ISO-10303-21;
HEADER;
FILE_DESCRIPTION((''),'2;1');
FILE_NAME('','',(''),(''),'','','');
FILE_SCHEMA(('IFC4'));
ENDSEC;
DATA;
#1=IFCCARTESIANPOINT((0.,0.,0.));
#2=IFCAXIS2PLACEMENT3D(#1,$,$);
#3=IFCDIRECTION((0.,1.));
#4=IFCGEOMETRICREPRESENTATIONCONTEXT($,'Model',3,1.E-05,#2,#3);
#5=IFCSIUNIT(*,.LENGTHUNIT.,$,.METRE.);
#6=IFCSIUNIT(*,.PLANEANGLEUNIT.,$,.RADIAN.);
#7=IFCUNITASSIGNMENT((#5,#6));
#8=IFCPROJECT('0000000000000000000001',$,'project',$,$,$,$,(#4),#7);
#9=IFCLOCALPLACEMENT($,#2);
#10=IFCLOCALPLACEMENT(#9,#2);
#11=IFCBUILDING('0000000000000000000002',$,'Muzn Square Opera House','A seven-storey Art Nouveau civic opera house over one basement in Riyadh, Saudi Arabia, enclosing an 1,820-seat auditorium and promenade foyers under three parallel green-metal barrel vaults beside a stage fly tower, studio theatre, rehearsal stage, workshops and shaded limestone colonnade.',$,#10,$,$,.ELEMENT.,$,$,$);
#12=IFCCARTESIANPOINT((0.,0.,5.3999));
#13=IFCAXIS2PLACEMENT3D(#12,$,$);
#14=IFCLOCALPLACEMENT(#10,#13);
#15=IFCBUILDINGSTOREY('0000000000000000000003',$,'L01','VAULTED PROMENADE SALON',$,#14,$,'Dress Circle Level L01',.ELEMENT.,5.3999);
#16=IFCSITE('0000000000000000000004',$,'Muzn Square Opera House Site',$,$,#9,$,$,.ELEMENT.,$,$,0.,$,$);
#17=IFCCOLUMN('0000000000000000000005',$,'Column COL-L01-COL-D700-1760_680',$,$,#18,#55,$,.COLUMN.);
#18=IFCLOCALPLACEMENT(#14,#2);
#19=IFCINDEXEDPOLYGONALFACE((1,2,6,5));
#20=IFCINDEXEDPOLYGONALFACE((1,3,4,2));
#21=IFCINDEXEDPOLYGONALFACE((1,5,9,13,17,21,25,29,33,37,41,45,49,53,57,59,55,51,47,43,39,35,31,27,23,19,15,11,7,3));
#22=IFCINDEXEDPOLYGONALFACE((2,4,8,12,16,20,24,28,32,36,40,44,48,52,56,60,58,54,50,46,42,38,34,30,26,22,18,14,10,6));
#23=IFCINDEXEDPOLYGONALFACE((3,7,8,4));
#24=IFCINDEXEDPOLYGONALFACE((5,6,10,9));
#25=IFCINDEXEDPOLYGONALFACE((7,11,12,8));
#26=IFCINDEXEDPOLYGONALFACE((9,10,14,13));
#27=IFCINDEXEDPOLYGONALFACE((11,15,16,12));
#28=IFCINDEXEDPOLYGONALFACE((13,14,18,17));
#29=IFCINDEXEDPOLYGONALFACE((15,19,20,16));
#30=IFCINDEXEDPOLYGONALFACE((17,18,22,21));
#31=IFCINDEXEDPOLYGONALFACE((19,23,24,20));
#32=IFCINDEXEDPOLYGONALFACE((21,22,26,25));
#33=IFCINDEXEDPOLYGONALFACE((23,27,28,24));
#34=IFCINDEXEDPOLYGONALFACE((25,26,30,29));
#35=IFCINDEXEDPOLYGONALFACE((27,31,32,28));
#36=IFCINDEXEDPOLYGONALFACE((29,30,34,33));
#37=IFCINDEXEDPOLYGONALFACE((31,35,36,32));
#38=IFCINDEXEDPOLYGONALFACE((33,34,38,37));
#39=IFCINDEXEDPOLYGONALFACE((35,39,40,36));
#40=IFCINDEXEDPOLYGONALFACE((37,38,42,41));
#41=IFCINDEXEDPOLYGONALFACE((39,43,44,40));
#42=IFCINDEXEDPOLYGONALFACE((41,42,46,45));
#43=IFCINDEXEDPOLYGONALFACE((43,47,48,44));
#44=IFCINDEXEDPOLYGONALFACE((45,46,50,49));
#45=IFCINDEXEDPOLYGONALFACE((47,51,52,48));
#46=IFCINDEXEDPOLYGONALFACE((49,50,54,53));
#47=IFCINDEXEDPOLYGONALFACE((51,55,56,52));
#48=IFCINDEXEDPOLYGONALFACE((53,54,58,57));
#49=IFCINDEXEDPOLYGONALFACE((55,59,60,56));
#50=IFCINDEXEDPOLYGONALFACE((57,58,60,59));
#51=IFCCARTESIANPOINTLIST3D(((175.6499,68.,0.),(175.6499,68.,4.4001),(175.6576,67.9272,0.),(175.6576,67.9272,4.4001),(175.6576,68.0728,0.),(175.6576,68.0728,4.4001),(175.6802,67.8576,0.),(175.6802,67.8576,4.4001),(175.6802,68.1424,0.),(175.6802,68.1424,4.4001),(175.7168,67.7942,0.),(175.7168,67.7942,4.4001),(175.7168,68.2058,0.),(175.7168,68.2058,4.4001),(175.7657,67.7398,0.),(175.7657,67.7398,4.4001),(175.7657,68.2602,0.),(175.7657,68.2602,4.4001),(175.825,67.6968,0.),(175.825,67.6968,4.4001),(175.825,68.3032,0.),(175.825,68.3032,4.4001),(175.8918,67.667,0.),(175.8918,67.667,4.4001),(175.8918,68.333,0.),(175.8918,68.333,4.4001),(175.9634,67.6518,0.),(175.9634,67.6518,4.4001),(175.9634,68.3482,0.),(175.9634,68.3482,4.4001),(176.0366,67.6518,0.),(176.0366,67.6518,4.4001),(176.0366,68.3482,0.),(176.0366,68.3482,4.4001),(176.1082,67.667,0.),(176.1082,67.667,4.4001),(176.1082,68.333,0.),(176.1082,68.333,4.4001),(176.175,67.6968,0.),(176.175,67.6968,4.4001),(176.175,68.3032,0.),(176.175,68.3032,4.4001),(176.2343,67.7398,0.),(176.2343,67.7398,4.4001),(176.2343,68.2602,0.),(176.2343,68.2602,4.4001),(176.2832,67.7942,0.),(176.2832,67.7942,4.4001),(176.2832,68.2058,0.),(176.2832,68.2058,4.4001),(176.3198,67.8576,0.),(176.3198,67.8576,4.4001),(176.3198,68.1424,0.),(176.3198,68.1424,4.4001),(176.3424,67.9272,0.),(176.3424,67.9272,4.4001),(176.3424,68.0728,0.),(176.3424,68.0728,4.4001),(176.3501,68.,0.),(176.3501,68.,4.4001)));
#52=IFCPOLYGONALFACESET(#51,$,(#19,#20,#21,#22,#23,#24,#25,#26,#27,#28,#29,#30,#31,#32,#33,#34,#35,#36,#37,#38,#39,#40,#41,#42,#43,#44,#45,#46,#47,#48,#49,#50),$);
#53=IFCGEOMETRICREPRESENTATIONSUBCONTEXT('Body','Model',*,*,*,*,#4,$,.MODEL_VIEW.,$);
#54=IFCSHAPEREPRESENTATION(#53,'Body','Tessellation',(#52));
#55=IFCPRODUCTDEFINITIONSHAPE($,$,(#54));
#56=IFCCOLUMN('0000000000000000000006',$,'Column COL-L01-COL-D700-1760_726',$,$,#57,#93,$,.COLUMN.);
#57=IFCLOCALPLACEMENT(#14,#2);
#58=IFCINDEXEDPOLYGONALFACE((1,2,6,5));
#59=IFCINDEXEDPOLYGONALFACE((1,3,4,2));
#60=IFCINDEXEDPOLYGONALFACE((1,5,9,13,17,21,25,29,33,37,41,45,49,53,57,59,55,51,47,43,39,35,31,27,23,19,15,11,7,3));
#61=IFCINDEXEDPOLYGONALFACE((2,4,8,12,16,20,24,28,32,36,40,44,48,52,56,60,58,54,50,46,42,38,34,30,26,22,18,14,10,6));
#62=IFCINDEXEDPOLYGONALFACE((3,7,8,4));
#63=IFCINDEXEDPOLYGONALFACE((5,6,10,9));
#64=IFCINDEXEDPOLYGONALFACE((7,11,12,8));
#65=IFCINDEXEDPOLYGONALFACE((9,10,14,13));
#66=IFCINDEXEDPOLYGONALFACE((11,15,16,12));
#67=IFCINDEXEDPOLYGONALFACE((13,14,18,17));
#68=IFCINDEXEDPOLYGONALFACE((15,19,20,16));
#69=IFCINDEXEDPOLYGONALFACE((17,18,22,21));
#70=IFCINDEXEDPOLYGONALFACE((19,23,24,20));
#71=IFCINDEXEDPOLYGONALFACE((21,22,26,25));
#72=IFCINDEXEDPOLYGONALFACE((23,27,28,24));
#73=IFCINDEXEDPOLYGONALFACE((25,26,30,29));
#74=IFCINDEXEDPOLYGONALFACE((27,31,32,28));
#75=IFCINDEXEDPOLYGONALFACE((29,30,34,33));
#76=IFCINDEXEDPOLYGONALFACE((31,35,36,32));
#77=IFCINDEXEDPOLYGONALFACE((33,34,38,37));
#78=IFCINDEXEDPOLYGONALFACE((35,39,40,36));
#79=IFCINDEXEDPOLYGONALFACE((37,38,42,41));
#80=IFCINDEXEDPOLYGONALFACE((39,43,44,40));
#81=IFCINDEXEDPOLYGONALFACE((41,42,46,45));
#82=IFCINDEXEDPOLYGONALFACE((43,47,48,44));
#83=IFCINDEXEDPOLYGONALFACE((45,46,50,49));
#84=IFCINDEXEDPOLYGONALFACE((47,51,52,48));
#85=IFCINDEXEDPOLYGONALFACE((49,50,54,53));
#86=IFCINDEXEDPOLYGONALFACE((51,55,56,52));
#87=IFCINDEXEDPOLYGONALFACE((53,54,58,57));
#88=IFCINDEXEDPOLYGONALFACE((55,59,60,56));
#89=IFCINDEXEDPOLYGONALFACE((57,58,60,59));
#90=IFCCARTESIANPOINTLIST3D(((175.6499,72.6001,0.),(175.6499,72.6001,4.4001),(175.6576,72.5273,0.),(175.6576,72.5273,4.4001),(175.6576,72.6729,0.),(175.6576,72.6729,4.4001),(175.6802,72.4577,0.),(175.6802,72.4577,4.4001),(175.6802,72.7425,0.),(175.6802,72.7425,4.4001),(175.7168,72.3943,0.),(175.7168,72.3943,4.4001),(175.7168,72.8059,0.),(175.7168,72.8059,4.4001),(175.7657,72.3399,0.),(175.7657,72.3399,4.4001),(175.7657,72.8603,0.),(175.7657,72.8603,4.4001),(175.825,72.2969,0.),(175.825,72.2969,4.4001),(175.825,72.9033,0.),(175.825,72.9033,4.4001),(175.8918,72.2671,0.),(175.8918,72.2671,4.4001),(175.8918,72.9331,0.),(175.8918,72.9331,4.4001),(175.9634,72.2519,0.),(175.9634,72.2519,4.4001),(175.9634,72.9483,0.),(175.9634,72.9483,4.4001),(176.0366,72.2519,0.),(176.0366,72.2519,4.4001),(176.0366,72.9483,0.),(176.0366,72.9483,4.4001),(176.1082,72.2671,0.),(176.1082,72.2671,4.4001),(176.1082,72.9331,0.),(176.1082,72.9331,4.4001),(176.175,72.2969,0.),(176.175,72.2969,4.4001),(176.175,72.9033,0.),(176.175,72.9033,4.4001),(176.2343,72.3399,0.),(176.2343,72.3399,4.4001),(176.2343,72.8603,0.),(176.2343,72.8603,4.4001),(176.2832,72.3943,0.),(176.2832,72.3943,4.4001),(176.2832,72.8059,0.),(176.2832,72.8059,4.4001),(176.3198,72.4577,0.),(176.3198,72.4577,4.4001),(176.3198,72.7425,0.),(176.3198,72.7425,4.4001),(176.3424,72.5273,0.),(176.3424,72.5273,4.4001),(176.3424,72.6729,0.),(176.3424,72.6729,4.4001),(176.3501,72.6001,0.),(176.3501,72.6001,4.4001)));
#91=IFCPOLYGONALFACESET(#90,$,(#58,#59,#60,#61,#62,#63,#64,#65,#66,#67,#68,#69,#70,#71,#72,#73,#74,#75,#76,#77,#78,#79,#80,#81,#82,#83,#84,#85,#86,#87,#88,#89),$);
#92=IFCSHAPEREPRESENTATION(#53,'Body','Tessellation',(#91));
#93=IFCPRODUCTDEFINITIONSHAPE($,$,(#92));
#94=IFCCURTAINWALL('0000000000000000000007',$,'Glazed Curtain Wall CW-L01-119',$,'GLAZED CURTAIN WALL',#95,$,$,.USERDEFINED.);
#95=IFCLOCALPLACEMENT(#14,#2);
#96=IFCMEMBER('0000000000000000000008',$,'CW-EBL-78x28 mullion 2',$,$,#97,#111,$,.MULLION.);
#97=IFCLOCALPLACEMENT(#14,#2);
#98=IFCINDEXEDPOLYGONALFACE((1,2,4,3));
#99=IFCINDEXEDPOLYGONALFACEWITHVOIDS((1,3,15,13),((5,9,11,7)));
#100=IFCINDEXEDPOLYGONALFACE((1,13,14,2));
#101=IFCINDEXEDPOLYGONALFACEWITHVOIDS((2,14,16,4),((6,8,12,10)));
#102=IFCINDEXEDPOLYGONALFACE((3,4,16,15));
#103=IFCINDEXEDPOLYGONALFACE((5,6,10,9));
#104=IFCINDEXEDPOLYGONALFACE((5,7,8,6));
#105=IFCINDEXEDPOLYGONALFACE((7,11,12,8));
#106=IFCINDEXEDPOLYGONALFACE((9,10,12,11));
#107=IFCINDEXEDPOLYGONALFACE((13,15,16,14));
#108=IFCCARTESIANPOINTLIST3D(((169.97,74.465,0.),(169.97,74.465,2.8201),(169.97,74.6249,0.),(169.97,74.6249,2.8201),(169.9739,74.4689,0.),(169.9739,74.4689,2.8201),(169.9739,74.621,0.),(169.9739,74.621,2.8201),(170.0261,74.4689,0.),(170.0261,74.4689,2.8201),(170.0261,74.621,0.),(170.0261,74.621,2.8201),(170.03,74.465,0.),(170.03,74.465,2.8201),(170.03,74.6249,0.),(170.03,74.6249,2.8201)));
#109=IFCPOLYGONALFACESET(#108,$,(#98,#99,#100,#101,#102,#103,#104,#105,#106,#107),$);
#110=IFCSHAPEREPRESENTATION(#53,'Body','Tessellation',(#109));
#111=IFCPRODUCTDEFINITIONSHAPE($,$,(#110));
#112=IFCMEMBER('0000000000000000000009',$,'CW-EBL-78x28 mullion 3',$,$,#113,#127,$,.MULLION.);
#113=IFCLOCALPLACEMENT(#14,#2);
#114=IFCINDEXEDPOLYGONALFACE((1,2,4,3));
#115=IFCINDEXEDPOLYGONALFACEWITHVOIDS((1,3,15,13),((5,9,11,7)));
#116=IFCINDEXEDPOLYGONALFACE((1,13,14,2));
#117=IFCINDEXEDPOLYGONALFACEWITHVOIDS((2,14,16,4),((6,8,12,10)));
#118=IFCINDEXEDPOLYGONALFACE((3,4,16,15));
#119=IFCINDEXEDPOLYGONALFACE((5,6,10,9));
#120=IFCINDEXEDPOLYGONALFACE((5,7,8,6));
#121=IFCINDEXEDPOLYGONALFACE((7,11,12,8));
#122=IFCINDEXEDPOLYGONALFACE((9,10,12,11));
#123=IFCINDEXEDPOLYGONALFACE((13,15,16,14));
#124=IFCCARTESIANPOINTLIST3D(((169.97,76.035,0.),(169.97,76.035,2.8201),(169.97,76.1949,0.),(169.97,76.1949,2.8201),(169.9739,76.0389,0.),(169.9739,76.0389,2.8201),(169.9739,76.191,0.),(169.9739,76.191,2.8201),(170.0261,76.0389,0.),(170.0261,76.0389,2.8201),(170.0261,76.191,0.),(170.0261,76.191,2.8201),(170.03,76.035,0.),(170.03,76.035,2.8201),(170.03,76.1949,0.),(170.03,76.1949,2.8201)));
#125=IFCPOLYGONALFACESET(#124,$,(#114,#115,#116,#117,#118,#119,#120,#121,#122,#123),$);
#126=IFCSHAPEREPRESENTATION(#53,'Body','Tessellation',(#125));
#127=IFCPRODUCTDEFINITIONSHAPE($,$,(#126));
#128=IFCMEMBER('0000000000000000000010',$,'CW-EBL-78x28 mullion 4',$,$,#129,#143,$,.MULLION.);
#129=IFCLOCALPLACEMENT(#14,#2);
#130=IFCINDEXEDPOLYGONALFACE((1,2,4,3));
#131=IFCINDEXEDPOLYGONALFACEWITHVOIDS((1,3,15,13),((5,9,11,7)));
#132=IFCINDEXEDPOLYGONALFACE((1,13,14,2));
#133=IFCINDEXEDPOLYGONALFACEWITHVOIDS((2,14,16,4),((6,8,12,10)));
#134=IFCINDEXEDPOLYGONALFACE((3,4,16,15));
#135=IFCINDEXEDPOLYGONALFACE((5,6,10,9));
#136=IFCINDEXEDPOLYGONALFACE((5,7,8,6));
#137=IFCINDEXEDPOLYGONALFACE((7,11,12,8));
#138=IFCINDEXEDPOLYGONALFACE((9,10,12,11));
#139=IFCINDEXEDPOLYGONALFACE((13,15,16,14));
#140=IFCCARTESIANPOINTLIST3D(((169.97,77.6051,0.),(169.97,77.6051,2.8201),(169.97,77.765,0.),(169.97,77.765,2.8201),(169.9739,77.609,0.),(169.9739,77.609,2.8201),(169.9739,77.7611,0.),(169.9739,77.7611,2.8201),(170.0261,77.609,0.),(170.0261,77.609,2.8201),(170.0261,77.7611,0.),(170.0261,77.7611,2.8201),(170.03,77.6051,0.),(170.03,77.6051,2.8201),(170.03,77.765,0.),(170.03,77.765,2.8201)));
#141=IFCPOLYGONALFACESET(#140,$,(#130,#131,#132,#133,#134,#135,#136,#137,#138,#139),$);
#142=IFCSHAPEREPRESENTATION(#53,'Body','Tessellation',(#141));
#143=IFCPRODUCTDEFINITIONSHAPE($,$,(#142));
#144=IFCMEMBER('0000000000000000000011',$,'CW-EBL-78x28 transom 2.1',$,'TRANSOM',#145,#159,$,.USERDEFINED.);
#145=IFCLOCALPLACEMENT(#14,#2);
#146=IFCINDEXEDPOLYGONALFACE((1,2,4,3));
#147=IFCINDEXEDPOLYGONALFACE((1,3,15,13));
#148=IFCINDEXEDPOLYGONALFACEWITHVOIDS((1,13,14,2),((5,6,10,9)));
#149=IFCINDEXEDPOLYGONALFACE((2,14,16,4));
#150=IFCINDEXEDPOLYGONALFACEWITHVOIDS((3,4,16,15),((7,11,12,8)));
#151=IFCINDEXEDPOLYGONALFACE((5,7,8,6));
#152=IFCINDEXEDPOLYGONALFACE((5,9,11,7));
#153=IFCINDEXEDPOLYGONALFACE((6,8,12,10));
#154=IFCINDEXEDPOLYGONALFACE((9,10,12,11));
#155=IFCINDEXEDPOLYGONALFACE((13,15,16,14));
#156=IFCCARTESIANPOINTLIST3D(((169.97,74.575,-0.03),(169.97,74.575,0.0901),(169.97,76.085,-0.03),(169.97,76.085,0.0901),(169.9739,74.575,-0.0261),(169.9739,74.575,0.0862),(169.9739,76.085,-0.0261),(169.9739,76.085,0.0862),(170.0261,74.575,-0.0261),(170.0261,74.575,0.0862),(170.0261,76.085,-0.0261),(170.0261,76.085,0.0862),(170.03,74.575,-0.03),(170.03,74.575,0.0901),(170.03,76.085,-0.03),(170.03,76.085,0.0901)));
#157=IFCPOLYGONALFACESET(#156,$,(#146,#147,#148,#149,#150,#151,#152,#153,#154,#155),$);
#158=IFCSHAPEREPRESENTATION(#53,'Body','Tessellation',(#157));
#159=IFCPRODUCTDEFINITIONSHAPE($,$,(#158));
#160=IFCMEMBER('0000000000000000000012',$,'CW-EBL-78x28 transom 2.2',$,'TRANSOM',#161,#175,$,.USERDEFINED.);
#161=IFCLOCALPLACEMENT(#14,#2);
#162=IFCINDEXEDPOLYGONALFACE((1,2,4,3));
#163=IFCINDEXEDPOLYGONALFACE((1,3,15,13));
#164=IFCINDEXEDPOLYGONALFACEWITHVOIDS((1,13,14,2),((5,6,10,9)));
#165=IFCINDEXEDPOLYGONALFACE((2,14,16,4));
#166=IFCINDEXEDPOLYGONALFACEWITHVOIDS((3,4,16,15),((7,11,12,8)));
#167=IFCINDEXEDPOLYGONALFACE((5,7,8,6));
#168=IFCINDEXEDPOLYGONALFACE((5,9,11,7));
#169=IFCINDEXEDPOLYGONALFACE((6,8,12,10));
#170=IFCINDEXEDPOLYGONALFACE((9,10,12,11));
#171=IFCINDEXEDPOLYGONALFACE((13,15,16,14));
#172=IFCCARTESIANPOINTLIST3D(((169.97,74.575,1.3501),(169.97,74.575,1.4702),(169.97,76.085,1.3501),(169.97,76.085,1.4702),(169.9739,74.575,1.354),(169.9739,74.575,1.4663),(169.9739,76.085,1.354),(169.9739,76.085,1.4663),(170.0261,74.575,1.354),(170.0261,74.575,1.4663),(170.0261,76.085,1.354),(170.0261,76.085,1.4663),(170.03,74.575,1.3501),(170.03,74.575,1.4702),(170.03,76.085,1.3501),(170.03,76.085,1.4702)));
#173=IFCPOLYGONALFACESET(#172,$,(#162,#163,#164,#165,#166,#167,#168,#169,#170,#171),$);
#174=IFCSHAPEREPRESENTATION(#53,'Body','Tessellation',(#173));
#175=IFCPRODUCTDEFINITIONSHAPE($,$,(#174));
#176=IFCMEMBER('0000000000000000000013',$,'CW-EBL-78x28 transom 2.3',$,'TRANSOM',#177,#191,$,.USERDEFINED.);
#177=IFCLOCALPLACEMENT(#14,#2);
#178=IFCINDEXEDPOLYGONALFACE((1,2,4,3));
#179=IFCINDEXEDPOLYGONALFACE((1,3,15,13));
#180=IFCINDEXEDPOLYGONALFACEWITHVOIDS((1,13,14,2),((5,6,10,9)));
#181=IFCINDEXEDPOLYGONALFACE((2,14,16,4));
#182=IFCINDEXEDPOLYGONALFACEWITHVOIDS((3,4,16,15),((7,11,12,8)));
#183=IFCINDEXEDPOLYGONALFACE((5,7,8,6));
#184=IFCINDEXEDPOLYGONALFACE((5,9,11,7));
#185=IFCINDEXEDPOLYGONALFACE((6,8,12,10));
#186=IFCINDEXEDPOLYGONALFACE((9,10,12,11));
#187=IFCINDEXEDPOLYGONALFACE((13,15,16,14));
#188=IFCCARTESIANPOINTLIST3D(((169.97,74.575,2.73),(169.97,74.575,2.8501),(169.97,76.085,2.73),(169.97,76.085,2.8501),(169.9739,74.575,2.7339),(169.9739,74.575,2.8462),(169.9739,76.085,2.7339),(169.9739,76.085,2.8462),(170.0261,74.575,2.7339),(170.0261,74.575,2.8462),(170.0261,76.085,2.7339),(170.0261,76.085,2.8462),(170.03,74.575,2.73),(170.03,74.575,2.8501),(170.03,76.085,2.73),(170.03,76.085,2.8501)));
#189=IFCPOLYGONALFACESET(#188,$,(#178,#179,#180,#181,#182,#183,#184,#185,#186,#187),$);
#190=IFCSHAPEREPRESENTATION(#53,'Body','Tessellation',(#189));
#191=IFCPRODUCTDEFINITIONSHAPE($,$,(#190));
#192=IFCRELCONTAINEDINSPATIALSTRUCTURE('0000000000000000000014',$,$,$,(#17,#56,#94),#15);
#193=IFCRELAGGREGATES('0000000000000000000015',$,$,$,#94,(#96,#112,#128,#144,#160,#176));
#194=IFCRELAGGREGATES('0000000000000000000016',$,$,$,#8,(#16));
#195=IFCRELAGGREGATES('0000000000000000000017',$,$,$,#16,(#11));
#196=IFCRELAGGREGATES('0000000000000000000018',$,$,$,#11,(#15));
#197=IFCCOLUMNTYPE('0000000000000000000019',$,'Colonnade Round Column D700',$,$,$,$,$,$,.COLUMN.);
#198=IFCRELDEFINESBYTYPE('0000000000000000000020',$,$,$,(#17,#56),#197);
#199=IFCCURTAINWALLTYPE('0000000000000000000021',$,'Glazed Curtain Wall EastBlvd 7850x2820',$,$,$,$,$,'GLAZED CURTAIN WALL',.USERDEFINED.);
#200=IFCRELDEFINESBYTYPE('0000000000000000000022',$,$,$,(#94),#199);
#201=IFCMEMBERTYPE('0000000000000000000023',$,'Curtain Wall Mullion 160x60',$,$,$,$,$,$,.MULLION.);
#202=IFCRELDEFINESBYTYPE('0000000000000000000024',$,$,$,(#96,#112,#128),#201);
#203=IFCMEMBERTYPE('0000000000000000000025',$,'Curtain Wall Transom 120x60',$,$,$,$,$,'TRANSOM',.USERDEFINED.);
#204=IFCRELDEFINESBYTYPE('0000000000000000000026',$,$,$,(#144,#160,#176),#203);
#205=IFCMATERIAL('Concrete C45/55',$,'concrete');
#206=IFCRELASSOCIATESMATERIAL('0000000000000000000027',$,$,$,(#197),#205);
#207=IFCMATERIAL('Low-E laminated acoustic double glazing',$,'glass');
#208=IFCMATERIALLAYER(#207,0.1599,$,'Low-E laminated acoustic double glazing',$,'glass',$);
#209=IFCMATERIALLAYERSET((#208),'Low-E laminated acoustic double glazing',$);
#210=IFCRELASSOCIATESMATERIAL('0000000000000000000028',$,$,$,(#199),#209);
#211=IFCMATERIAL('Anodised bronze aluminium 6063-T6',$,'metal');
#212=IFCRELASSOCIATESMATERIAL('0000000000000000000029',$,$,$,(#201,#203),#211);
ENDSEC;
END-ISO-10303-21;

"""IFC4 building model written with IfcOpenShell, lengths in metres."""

from ifc_helpers import new_model, si_unit, direction, frame, origin, origin_2d, place, context, subcontext, project, spatial, hollow_rectangle, circle, extrude, material, layer, layer_set, material_profile, profile_set, type_object, element, aggregate, save


model = new_model("IFC4")

# Units and contexts
model_context = context("Model", 3, precision=1e-05, world=origin(), true_north=direction((0.0, 1.0)))
body_context = subcontext(model_context, "Body", "Model", "MODEL_VIEW")
ifc_project = project(units=[si_unit("LENGTHUNIT", "METRE"), si_unit("PLANEANGLEUNIT", "RADIAN")], contexts=[model_context])

# Site, building, storey
site_placement = place(None, origin())
site = spatial("IfcSite", under=ifc_project, at=site_placement, Name="Muzn Square Opera House Site", CompositionType="ELEMENT", RefElevation=0.0)
building_placement = place(site_placement, origin())
building = spatial("IfcBuilding", under=site, at=building_placement, Name="Muzn Square Opera House", Description="A seven-storey Art Nouveau civic opera house over one basement in Riyadh, Saudi Arabia, enclosing an 1,820-seat auditorium and promenade foyers under three parallel green-metal barrel vaults beside a stage fly tower, studio theatre, rehearsal stage, workshops and shaded limestone colonnade.", CompositionType="ELEMENT")
storey_placement = place(building_placement, frame((0.0, 0.0, 5.3999)))
storey = spatial("IfcBuildingStorey", under=building, at=storey_placement, Name="L01", Description="VAULTED PROMENADE SALON", LongName="Dress Circle Level L01", CompositionType="ELEMENT", Elevation=5.3999)

# Columns
ifc_material_1 = material(Name="Concrete C45/55", Category="concrete")
ifc_material_profile_1 = material_profile(ifc_material_1, circle(Radius=0.3501, at=origin_2d()), Name="RCC D700", Category="concrete")
ifc_profile_set_1 = profile_set([ifc_material_profile_1], Name="Concrete C45/55")
column_type = type_object("IfcColumnType", Name="Colonnade Round Column D700", PredefinedType="COLUMN", material=ifc_profile_set_1)
for number, where, z_axis, x_axis, name in (
    (1, (176.0, 68.0, 0.0), (0.0, 0.0, 1.0), (1.0, 0.0, 0.0), "Column COL-L01-COL-D700-1760_680"),
    (2, (176.0, 72.6001, 0.0), (0.0, 0.0, 1.0), (1.0, 0.0, 0.0), "Column COL-L01-COL-D700-1760_726"),
):
    element("IfcColumn", number, at=place(storey_placement, frame(where, z_axis=z_axis, x_axis=x_axis)), inside=storey, type_object=column_type, Name=name, PredefinedType="COLUMN", context=body_context, shape_type="SweptSolid", body=[
        extrude(circle(Radius=0.3501, at=origin_2d()), origin(), (0.0, 0.0, 1.0), 4.4001),
    ])

# Curtain wall, members
ifc_material_2 = material(Name="Low-E laminated acoustic double glazing", Category="glass")
ifc_layer_1 = layer(ifc_material_2, 0.1599, Name="Low-E laminated acoustic double glazing", Category="glass")
ifc_layer_set_1 = layer_set([ifc_layer_1], Name="Low-E laminated acoustic double glazing")
curtain_wall_type = type_object("IfcCurtainWallType", Name="Glazed Curtain Wall EastBlvd 7850x2820", ElementType="GLAZED CURTAIN WALL", PredefinedType="USERDEFINED", material=ifc_layer_set_1)
curtain_wall_placement = place(storey_placement, origin())
curtain_wall = element("IfcCurtainWall", 3, at=curtain_wall_placement, inside=storey, type_object=curtain_wall_type, Name="Glazed Curtain Wall CW-L01-119", ObjectType="GLAZED CURTAIN WALL", PredefinedType="USERDEFINED")
ifc_material_3 = material(Name="Anodised bronze aluminium 6063-T6", Category="metal")
ifc_material_profile_2 = material_profile(ifc_material_3, hollow_rectangle(XDim=0.0601, YDim=0.1599, WallThickness=0.0039, at=origin_2d()), Name="ALU 160x60x4", Category="metal")
ifc_profile_set_2 = profile_set([ifc_material_profile_2], Name="Anodised bronze aluminium 6063-T6")
member_type_1 = type_object("IfcMemberType", Name="Curtain Wall Mullion 160x60", PredefinedType="MULLION", material=ifc_profile_set_2)
member_1_placement = place(storey_placement, frame((170.0, 74.5449, 0.0), z_axis=(0.0, 0.0, 1.0), x_axis=(-1.0, 0.0, 0.0)))
member_1 = element("IfcMember", 4, at=member_1_placement, type_object=member_type_1, Name="CW-EBL-78x28 mullion 2", PredefinedType="MULLION", context=body_context, shape_type="SweptSolid", body=[
    extrude(hollow_rectangle(XDim=0.0601, YDim=0.1599, WallThickness=0.0039, at=origin_2d()), origin(), (0.0, 0.0, 1.0), 2.8201),
])
member_2_placement = place(storey_placement, frame((170.0, 76.115, 0.0), z_axis=(0.0, 0.0, 1.0), x_axis=(-1.0, 0.0, 0.0)))
member_2 = element("IfcMember", 5, at=member_2_placement, type_object=member_type_1, Name="CW-EBL-78x28 mullion 3", PredefinedType="MULLION", context=body_context, shape_type="SweptSolid", body=[
    extrude(hollow_rectangle(XDim=0.0601, YDim=0.1599, WallThickness=0.0039, at=origin_2d()), origin(), (0.0, 0.0, 1.0), 2.8201),
])
member_3_placement = place(storey_placement, frame((170.0, 77.6851, 0.0), z_axis=(0.0, 0.0, 1.0), x_axis=(-1.0, 0.0, 0.0)))
member_3 = element("IfcMember", 6, at=member_3_placement, type_object=member_type_1, Name="CW-EBL-78x28 mullion 4", PredefinedType="MULLION", context=body_context, shape_type="SweptSolid", body=[
    extrude(hollow_rectangle(XDim=0.0601, YDim=0.1599, WallThickness=0.0039, at=origin_2d()), origin(), (0.0, 0.0, 1.0), 2.8201),
])
ifc_material_profile_3 = material_profile(ifc_material_3, hollow_rectangle(XDim=0.0601, YDim=0.1201, WallThickness=0.0039, at=origin_2d()), Name="ALU 120x60x4", Category="metal")
ifc_profile_set_3 = profile_set([ifc_material_profile_3], Name="Anodised bronze aluminium 6063-T6")
member_type_2 = type_object("IfcMemberType", Name="Curtain Wall Transom 120x60", ElementType="TRANSOM", PredefinedType="USERDEFINED", material=ifc_profile_set_3)
member_4_placement = place(storey_placement, frame((170.0, 74.575, 0.03), z_axis=(0.0, 1.0, 0.0), x_axis=(-1.0, 0.0, 0.0)))
member_4 = element("IfcMember", 7, at=member_4_placement, type_object=member_type_2, Name="CW-EBL-78x28 transom 2.1", ObjectType="TRANSOM", PredefinedType="USERDEFINED", context=body_context, shape_type="SweptSolid", body=[
    extrude(hollow_rectangle(XDim=0.0601, YDim=0.1201, WallThickness=0.0039, at=origin_2d()), origin(), (0.0, 0.0, 1.0), 1.51),
])
member_5_placement = place(storey_placement, frame((170.0, 74.575, 1.4102), z_axis=(0.0, 1.0, 0.0), x_axis=(-1.0, 0.0, 0.0)))
member_5 = element("IfcMember", 8, at=member_5_placement, type_object=member_type_2, Name="CW-EBL-78x28 transom 2.2", ObjectType="TRANSOM", PredefinedType="USERDEFINED", context=body_context, shape_type="SweptSolid", body=[
    extrude(hollow_rectangle(XDim=0.0601, YDim=0.1201, WallThickness=0.0039, at=origin_2d()), origin(), (0.0, 0.0, 1.0), 1.51),
])
member_6_placement = place(storey_placement, frame((170.0, 74.575, 2.79), z_axis=(0.0, 1.0, 0.0), x_axis=(-1.0, 0.0, 0.0)))
member_6 = element("IfcMember", 9, at=member_6_placement, type_object=member_type_2, Name="CW-EBL-78x28 transom 2.3", ObjectType="TRANSOM", PredefinedType="USERDEFINED", context=body_context, shape_type="SweptSolid", body=[
    extrude(hollow_rectangle(XDim=0.0601, YDim=0.1201, WallThickness=0.0039, at=origin_2d()), origin(), (0.0, 0.0, 1.0), 1.51),
])

aggregate(curtain_wall, [member_1, member_2, member_3, member_4, member_5, member_6])

save(model, "model.ifc")
